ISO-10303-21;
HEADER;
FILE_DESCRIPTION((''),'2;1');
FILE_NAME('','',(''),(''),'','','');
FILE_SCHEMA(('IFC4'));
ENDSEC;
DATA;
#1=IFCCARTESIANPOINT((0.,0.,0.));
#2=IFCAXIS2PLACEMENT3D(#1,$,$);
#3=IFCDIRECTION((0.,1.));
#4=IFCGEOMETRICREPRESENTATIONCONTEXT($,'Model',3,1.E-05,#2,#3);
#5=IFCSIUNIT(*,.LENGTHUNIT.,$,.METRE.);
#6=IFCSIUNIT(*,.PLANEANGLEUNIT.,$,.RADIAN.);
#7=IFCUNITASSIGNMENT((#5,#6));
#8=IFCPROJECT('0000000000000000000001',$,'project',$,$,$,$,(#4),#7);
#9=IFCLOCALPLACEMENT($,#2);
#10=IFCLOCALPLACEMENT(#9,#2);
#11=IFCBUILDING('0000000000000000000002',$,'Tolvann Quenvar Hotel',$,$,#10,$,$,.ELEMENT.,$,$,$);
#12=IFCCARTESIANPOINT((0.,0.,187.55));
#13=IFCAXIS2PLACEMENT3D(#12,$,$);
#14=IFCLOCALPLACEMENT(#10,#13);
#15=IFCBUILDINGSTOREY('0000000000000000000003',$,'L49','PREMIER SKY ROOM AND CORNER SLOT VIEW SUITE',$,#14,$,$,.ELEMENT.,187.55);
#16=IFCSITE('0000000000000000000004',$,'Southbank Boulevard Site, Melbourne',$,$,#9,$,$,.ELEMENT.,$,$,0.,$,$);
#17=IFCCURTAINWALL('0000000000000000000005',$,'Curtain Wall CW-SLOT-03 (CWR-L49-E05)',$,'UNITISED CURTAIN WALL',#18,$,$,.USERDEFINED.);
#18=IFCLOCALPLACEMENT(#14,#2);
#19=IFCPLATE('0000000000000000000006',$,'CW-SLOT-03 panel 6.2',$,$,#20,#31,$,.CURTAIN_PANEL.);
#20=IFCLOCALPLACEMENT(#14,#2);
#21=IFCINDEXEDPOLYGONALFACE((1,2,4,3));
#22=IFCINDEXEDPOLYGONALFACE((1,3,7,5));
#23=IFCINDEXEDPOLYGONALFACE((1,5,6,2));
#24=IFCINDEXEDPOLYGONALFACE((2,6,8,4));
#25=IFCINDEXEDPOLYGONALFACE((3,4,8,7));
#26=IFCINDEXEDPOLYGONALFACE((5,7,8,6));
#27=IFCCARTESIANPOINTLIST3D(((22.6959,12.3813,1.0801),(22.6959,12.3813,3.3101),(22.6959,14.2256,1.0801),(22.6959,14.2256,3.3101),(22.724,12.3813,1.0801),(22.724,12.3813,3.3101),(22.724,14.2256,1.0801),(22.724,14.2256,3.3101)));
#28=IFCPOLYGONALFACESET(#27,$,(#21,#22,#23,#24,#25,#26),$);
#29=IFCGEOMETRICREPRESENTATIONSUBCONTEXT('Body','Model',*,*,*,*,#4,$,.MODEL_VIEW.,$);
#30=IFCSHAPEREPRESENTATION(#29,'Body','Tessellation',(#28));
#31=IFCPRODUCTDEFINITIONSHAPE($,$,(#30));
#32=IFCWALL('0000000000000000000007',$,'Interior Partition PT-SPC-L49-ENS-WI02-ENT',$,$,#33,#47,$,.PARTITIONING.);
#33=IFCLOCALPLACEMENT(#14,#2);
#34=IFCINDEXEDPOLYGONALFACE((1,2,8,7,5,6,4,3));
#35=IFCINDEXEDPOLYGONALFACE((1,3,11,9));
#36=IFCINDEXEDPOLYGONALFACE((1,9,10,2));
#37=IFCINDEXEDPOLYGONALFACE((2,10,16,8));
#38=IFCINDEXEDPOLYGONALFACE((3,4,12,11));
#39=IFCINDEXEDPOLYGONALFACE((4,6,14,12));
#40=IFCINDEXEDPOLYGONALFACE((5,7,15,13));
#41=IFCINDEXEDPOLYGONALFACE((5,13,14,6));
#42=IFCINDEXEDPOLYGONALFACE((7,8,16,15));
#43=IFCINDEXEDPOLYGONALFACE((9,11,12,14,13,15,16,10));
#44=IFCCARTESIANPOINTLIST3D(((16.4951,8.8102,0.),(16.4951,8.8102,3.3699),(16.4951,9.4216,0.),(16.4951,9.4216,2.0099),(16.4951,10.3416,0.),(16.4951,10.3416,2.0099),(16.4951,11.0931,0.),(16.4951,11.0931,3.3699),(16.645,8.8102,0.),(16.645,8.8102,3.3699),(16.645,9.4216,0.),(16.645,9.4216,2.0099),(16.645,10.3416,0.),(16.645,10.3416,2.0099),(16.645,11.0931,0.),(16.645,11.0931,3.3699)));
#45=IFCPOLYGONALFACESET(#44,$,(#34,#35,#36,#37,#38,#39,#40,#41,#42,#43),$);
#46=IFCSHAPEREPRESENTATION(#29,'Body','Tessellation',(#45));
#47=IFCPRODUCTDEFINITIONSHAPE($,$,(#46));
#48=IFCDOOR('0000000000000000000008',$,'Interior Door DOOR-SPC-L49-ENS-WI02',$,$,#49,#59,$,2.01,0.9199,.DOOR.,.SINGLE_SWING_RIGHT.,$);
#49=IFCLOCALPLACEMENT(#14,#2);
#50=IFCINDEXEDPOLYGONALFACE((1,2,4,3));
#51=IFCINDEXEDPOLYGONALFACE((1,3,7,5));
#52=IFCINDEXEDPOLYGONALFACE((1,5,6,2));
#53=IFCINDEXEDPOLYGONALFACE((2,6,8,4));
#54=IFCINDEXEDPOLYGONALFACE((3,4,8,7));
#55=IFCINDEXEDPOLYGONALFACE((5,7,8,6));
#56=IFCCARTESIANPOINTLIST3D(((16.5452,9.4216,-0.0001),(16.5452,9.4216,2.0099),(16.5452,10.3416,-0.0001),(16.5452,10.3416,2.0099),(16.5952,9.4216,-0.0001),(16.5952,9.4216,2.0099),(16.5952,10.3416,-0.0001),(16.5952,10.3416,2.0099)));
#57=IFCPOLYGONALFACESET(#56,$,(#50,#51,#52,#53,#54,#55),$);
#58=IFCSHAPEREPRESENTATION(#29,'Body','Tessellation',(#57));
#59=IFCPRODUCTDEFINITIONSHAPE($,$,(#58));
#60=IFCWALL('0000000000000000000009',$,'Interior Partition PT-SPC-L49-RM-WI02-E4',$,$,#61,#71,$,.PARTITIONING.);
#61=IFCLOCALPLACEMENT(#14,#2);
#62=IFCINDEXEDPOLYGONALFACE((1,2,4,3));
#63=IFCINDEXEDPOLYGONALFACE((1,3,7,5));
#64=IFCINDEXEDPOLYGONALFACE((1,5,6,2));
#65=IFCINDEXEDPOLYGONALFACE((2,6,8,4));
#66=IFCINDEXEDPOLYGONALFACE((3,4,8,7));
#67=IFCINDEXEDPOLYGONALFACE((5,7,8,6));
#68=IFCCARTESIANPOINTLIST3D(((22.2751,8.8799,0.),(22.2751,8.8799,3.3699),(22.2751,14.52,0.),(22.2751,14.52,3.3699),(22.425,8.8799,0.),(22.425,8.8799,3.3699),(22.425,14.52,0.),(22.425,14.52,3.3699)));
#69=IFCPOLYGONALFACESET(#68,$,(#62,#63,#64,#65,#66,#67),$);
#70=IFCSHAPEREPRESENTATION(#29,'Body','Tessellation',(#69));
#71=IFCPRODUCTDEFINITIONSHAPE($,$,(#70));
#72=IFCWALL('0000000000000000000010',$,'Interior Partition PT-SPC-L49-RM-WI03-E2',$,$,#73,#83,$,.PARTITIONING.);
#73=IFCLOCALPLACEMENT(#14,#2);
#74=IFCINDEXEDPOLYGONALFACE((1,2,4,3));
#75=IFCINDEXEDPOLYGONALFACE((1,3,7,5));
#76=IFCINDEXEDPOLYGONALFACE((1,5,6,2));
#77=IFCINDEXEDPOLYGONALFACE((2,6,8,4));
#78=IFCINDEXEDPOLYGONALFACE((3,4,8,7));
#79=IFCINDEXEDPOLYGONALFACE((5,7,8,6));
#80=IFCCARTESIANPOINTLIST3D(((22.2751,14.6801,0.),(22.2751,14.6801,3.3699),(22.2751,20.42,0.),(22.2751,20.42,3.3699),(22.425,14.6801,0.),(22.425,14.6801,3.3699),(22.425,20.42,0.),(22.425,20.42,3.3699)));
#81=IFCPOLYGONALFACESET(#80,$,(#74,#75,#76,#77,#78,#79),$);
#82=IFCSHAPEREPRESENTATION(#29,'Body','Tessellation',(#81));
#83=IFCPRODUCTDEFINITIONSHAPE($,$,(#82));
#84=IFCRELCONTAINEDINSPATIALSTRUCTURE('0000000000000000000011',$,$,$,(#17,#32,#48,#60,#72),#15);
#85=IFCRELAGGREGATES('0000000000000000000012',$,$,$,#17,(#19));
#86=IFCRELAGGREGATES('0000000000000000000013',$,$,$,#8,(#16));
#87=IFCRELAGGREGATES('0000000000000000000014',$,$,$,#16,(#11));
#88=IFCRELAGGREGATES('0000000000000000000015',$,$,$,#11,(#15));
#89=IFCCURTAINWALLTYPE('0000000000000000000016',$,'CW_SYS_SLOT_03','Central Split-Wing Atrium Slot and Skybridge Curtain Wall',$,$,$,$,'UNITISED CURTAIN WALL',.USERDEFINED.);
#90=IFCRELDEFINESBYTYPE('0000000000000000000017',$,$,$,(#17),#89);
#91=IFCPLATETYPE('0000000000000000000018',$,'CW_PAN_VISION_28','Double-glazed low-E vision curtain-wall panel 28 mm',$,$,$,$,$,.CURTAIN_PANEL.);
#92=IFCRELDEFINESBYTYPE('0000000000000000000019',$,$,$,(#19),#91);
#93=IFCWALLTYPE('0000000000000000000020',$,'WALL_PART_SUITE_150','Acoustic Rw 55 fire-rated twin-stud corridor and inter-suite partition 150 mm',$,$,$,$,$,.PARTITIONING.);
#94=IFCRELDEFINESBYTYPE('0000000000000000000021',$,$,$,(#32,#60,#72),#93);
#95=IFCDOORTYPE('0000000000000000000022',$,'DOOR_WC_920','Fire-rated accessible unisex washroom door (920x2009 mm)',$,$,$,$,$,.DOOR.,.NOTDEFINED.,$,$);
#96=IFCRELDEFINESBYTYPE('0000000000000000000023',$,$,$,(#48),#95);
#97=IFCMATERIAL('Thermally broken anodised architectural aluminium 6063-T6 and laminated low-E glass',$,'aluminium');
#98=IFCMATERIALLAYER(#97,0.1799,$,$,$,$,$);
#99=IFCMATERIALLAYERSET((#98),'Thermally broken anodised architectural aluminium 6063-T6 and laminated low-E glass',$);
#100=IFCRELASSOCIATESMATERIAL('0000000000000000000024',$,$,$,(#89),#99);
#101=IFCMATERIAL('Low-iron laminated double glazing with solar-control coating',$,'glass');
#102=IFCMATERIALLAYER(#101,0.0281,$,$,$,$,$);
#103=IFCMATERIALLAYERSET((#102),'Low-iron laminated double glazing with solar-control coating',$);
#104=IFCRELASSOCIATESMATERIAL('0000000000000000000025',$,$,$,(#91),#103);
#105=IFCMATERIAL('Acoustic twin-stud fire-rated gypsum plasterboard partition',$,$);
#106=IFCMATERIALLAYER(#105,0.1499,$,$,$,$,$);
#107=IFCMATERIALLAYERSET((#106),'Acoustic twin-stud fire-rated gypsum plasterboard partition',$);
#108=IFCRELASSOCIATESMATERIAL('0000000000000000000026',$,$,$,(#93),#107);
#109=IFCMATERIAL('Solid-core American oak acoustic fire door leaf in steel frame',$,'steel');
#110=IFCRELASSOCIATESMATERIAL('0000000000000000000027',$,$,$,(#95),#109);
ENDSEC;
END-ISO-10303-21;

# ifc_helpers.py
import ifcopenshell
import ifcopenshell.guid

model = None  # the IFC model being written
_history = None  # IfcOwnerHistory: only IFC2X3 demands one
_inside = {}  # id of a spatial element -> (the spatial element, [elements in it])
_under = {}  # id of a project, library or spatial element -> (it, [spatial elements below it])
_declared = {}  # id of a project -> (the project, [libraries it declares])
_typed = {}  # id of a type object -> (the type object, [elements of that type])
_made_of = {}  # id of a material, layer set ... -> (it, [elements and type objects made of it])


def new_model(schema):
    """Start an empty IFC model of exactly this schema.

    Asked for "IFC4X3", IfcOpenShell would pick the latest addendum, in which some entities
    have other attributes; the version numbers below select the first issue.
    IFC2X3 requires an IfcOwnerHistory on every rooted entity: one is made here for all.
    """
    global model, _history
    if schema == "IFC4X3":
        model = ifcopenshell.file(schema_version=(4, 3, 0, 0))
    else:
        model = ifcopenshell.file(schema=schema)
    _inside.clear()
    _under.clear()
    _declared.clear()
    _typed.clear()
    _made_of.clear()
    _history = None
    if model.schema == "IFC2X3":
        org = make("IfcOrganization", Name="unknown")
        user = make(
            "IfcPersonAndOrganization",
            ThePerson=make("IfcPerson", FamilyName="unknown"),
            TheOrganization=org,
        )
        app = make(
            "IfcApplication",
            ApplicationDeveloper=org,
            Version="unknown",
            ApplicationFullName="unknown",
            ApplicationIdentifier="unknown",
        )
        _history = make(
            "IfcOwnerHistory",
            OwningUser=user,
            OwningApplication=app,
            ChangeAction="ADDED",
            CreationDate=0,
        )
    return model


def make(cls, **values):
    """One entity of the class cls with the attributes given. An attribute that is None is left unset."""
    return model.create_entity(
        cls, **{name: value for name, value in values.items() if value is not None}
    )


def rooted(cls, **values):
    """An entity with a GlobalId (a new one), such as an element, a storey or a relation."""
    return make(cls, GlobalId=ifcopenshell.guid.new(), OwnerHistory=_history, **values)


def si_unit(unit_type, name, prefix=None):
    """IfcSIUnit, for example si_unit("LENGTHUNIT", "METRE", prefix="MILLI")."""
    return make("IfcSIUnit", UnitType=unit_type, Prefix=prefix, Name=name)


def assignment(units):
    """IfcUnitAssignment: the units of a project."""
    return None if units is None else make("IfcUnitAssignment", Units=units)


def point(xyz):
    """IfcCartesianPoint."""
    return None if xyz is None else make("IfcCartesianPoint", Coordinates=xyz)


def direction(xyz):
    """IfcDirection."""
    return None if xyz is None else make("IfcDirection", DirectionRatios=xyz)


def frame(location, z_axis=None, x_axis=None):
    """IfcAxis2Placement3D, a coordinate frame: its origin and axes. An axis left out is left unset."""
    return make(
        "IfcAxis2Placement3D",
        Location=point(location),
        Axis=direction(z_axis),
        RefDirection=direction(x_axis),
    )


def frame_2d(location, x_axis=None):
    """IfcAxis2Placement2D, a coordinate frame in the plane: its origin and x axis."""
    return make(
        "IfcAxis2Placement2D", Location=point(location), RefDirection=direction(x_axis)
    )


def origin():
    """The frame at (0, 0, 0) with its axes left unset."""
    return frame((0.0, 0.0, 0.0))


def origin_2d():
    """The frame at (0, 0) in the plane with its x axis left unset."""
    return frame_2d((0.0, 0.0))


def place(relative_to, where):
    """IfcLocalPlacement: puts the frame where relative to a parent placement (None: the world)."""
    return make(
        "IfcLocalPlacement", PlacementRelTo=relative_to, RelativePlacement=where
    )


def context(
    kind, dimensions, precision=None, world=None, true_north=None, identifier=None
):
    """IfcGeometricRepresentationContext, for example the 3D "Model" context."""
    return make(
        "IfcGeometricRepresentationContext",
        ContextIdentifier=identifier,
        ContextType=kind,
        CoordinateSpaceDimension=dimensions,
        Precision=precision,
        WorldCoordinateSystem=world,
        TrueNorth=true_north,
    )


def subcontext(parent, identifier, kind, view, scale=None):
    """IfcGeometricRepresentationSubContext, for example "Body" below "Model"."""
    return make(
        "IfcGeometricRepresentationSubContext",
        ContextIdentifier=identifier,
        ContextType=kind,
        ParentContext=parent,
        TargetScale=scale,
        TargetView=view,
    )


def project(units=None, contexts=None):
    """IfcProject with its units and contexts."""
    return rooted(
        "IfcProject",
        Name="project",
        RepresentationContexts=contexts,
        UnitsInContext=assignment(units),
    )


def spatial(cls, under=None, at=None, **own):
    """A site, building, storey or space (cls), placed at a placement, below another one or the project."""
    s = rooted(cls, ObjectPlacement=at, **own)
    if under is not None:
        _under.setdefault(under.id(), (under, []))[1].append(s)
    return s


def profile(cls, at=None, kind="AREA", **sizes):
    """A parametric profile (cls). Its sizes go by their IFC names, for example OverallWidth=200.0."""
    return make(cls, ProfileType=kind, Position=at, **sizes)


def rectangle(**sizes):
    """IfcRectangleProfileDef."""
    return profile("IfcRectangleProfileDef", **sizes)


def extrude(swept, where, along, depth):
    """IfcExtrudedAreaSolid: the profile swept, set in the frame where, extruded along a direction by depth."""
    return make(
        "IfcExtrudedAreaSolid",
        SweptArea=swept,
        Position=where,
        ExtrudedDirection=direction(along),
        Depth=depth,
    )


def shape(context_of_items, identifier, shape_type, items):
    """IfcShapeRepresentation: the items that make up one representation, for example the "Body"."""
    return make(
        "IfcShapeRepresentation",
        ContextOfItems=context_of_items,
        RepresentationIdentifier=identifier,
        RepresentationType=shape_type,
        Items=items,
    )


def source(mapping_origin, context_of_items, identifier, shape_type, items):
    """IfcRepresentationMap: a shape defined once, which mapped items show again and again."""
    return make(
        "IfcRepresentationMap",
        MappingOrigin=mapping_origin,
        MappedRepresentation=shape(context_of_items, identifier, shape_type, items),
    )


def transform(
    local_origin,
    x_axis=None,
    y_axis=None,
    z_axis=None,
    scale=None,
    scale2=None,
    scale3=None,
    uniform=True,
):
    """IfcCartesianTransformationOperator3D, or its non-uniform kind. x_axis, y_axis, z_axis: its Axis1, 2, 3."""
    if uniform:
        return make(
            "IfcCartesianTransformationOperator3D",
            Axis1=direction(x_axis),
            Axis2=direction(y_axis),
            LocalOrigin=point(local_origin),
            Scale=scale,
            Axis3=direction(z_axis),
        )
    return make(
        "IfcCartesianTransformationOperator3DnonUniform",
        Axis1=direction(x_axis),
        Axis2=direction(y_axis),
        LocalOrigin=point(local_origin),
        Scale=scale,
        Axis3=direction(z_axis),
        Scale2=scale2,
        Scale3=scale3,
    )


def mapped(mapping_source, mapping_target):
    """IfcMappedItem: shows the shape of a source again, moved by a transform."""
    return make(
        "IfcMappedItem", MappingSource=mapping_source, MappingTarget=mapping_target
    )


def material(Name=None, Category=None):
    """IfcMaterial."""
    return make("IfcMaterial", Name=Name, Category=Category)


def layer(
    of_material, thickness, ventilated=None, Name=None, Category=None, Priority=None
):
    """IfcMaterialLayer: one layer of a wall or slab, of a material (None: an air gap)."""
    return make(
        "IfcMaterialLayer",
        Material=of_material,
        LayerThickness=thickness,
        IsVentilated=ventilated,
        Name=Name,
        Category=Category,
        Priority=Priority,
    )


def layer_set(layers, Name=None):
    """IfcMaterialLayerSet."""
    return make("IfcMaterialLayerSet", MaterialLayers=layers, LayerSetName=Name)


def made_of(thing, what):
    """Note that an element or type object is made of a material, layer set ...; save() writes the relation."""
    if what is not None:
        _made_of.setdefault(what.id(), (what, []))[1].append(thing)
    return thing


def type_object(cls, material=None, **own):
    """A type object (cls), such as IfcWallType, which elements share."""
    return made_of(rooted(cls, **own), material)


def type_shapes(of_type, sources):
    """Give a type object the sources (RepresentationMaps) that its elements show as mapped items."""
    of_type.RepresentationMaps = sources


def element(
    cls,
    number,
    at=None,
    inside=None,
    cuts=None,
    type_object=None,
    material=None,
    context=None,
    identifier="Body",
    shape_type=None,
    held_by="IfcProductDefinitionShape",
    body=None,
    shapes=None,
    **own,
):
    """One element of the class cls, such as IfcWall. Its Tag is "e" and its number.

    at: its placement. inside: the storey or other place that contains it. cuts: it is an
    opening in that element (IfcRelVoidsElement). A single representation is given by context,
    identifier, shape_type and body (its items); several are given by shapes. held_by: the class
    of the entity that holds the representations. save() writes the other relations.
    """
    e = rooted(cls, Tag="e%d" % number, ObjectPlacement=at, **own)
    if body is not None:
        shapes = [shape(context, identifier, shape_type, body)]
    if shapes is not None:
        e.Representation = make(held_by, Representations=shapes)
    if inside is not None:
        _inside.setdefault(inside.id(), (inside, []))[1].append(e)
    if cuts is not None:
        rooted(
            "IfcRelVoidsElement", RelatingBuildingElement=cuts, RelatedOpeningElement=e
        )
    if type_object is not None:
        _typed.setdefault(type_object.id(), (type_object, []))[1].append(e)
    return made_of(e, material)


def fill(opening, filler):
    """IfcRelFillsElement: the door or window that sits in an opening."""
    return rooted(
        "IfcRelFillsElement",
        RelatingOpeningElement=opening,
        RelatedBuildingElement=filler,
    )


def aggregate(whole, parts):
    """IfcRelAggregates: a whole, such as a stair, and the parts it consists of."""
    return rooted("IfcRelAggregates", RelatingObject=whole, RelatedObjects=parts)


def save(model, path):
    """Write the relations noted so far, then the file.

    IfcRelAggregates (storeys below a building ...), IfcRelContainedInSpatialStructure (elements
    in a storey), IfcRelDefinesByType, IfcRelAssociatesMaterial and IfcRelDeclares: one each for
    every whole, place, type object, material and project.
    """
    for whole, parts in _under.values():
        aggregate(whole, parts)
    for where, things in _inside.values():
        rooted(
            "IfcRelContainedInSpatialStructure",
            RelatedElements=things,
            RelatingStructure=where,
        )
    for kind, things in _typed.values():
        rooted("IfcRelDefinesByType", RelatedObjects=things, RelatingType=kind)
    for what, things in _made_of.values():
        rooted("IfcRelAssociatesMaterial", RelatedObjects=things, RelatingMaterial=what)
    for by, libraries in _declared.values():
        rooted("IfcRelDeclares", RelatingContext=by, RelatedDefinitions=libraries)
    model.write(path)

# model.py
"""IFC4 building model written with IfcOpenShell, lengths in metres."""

from ifc_helpers import new_model, si_unit, direction, frame, frame_2d, origin, origin_2d, place, context, subcontext, project, spatial, rectangle, extrude, source, transform, mapped, material, layer, layer_set, type_object, type_shapes, element, fill, aggregate, save


model = new_model("IFC4")

# Units and contexts
model_context = context("Model", 3, precision=1e-05, world=origin(), true_north=direction((0.0, 1.0)))
body_context = subcontext(model_context, "Body", "Model", "MODEL_VIEW")
ifc_project = project(units=[si_unit("LENGTHUNIT", "METRE"), si_unit("PLANEANGLEUNIT", "RADIAN")], contexts=[model_context])

# Site, building, storey
site_placement = place(None, origin())
site = spatial("IfcSite", under=ifc_project, at=site_placement, Name="Southbank Boulevard Site, Melbourne", CompositionType="ELEMENT", RefElevation=0.0)
building_placement = place(site_placement, origin())
building = spatial("IfcBuilding", under=site, at=building_placement, Name="Tolvann Quenvar Hotel", CompositionType="ELEMENT")
storey_placement = place(building_placement, frame((0.0, 0.0, 187.55)))
storey = spatial("IfcBuildingStorey", under=building, at=storey_placement, Name="L49", Description="PREMIER SKY ROOM AND CORNER SLOT VIEW SUITE", CompositionType="ELEMENT", Elevation=187.55)

# Curtain wall, plate
ifc_material_1 = material(Name="Thermally broken anodised architectural aluminium 6063-T6 and laminated low-E glass", Category="aluminium")
ifc_layer_1 = layer(ifc_material_1, 0.1799)
ifc_layer_set_1 = layer_set([ifc_layer_1], Name="Thermally broken anodised architectural aluminium 6063-T6 and laminated low-E glass")
curtain_wall_type = type_object("IfcCurtainWallType", Name="CW_SYS_SLOT_03", Description="Central Split-Wing Atrium Slot and Skybridge Curtain Wall", ElementType="UNITISED CURTAIN WALL", PredefinedType="USERDEFINED", material=ifc_layer_set_1)
curtain_wall_placement = place(storey_placement, origin())
curtain_wall = element("IfcCurtainWall", 1, at=curtain_wall_placement, inside=storey, type_object=curtain_wall_type, Name="Curtain Wall CW-SLOT-03 (CWR-L49-E05)", ObjectType="UNITISED CURTAIN WALL", PredefinedType="USERDEFINED")
ifc_material_2 = material(Name="Low-iron laminated double glazing with solar-control coating", Category="glass")
ifc_layer_2 = layer(ifc_material_2, 0.0281)
ifc_layer_set_2 = layer_set([ifc_layer_2], Name="Low-iron laminated double glazing with solar-control coating")
plate_type = type_object("IfcPlateType", Name="CW_PAN_VISION_28", Description="Double-glazed low-E vision curtain-wall panel 28 mm", PredefinedType="CURTAIN_PANEL", material=ifc_layer_set_2)
shared_shape_1 = source(origin(), body_context, "Body", "SweptSolid", [
    extrude(rectangle(XDim=1.8442, YDim=0.0281, at=origin_2d()), origin(), (0.0, 0.0, 1.0), 2.23),
])
plate_1_placement = place(storey_placement, frame((22.71, 13.3035, 1.0801), z_axis=(0.0, 0.0, 1.0), x_axis=(0.0, 1.0, 0.0)))
plate_1 = element("IfcPlate", 2, at=plate_1_placement, type_object=plate_type, Name="CW-SLOT-03 panel 6.2", PredefinedType="CURTAIN_PANEL", context=body_context, shape_type="MappedRepresentation", body=[
    mapped(shared_shape_1, transform((0.0, 0.0, 0.0), x_axis=(1.0, 0.0, 0.0), y_axis=(0.0, 1.0, 0.0), z_axis=(0.0, 0.0, 1.0), scale=1.0)),
])
aggregate(curtain_wall, [plate_1])

# Wall, opening, door
ifc_material_3 = material(Name="Acoustic twin-stud fire-rated gypsum plasterboard partition")
ifc_layer_3 = layer(ifc_material_3, 0.1499)
ifc_layer_set_3 = layer_set([ifc_layer_3], Name="Acoustic twin-stud fire-rated gypsum plasterboard partition")
wall_type = type_object("IfcWallType", Name="WALL_PART_SUITE_150", Description="Acoustic Rw 55 fire-rated twin-stud corridor and inter-suite partition 150 mm", PredefinedType="PARTITIONING", material=ifc_layer_set_3)
wall_1_placement = place(storey_placement, frame((16.5701, 8.8101, 0.0), z_axis=(0.0, 0.0, 1.0), x_axis=(0.0, 1.0, 0.0)))
wall_1 = element("IfcWall", 3, at=wall_1_placement, inside=storey, type_object=wall_type, Name="Interior Partition PT-SPC-L49-ENS-WI02-ENT", PredefinedType="PARTITIONING", context=body_context, shape_type="SweptSolid", body=[
    extrude(rectangle(XDim=2.283, YDim=0.1499, at=frame_2d((1.1416, 0.0))), origin(), (0.0, 0.0, 1.0), 3.3699),
])
opening_placement = place(wall_1_placement, frame((0.6116, 0.0, 0.0)))
opening = element("IfcOpeningElement", 4, at=opening_placement, cuts=wall_1, PredefinedType="OPENING", context=body_context, shape_type="SweptSolid", body=[
    extrude(rectangle(XDim=0.9199, YDim=2.01, at=frame_2d((0.46, 1.0049))), frame((0.0, 0.085, 0.0), z_axis=(0.0, -1.0, 0.0), x_axis=(1.0, 0.0, 0.0)), (0.0, 0.0, 1.0), 0.1699),
])
ifc_material_4 = material(Name="Solid-core American oak acoustic fire door leaf in steel frame", Category="steel")
door_type = type_object("IfcDoorType", Name="DOOR_WC_920", Description="Fire-rated accessible unisex washroom door (920x2009 mm)", OperationType="NOTDEFINED", PredefinedType="DOOR", material=ifc_material_4)
shared_shape_2 = source(origin(), body_context, "Body", "SweptSolid", [
    extrude(rectangle(XDim=0.9199, YDim=2.01, at=frame_2d((0.46, 1.0049))), frame((0.0, 0.0249, 0.0), z_axis=(0.0, -1.0, 0.0), x_axis=(1.0, 0.0, 0.0)), (0.0, 0.0, 1.0), 0.05),
])
type_shapes(door_type, [shared_shape_2])
door_placement = place(opening_placement, origin())
door = element("IfcDoor", 5, at=door_placement, inside=storey, type_object=door_type, Name="Interior Door DOOR-SPC-L49-ENS-WI02", OperationType="SINGLE_SWING_RIGHT", OverallHeight=2.01, OverallWidth=0.9199, PredefinedType="DOOR", context=body_context, shape_type="MappedRepresentation", body=[
    mapped(shared_shape_2, transform((0.0, 0.0, 0.0), x_axis=(1.0, 0.0, 0.0), y_axis=(0.0, 1.0, 0.0), z_axis=(0.0, 0.0, 1.0), scale=1.0)),
])
fill(opening, door)

# Walls
wall_2_placement = place(storey_placement, frame((22.3501, 8.8799, 0.0), z_axis=(0.0, 0.0, 1.0), x_axis=(0.0, 1.0, 0.0)))
element("IfcWall", 6, at=wall_2_placement, inside=storey, type_object=wall_type, Name="Interior Partition PT-SPC-L49-RM-WI02-E4", PredefinedType="PARTITIONING", context=body_context, shape_type="SweptSolid", body=[
    extrude(rectangle(XDim=5.6401, YDim=0.1499, at=frame_2d((2.8201, 0.0))), origin(), (0.0, 0.0, 1.0), 3.3699),
])
wall_3_placement = place(storey_placement, frame((22.3501, 14.6799, 0.0), z_axis=(0.0, 0.0, 1.0), x_axis=(0.0, 1.0, 0.0)))
element("IfcWall", 7, at=wall_3_placement, inside=storey, type_object=wall_type, Name="Interior Partition PT-SPC-L49-RM-WI03-E2", PredefinedType="PARTITIONING", context=body_context, shape_type="SweptSolid", body=[
    extrude(rectangle(XDim=5.74, YDim=0.1499, at=frame_2d((2.8701, 0.0))), origin(), (0.0, 0.0, 1.0), 3.3699),
])

save(model, "model.ifc")
